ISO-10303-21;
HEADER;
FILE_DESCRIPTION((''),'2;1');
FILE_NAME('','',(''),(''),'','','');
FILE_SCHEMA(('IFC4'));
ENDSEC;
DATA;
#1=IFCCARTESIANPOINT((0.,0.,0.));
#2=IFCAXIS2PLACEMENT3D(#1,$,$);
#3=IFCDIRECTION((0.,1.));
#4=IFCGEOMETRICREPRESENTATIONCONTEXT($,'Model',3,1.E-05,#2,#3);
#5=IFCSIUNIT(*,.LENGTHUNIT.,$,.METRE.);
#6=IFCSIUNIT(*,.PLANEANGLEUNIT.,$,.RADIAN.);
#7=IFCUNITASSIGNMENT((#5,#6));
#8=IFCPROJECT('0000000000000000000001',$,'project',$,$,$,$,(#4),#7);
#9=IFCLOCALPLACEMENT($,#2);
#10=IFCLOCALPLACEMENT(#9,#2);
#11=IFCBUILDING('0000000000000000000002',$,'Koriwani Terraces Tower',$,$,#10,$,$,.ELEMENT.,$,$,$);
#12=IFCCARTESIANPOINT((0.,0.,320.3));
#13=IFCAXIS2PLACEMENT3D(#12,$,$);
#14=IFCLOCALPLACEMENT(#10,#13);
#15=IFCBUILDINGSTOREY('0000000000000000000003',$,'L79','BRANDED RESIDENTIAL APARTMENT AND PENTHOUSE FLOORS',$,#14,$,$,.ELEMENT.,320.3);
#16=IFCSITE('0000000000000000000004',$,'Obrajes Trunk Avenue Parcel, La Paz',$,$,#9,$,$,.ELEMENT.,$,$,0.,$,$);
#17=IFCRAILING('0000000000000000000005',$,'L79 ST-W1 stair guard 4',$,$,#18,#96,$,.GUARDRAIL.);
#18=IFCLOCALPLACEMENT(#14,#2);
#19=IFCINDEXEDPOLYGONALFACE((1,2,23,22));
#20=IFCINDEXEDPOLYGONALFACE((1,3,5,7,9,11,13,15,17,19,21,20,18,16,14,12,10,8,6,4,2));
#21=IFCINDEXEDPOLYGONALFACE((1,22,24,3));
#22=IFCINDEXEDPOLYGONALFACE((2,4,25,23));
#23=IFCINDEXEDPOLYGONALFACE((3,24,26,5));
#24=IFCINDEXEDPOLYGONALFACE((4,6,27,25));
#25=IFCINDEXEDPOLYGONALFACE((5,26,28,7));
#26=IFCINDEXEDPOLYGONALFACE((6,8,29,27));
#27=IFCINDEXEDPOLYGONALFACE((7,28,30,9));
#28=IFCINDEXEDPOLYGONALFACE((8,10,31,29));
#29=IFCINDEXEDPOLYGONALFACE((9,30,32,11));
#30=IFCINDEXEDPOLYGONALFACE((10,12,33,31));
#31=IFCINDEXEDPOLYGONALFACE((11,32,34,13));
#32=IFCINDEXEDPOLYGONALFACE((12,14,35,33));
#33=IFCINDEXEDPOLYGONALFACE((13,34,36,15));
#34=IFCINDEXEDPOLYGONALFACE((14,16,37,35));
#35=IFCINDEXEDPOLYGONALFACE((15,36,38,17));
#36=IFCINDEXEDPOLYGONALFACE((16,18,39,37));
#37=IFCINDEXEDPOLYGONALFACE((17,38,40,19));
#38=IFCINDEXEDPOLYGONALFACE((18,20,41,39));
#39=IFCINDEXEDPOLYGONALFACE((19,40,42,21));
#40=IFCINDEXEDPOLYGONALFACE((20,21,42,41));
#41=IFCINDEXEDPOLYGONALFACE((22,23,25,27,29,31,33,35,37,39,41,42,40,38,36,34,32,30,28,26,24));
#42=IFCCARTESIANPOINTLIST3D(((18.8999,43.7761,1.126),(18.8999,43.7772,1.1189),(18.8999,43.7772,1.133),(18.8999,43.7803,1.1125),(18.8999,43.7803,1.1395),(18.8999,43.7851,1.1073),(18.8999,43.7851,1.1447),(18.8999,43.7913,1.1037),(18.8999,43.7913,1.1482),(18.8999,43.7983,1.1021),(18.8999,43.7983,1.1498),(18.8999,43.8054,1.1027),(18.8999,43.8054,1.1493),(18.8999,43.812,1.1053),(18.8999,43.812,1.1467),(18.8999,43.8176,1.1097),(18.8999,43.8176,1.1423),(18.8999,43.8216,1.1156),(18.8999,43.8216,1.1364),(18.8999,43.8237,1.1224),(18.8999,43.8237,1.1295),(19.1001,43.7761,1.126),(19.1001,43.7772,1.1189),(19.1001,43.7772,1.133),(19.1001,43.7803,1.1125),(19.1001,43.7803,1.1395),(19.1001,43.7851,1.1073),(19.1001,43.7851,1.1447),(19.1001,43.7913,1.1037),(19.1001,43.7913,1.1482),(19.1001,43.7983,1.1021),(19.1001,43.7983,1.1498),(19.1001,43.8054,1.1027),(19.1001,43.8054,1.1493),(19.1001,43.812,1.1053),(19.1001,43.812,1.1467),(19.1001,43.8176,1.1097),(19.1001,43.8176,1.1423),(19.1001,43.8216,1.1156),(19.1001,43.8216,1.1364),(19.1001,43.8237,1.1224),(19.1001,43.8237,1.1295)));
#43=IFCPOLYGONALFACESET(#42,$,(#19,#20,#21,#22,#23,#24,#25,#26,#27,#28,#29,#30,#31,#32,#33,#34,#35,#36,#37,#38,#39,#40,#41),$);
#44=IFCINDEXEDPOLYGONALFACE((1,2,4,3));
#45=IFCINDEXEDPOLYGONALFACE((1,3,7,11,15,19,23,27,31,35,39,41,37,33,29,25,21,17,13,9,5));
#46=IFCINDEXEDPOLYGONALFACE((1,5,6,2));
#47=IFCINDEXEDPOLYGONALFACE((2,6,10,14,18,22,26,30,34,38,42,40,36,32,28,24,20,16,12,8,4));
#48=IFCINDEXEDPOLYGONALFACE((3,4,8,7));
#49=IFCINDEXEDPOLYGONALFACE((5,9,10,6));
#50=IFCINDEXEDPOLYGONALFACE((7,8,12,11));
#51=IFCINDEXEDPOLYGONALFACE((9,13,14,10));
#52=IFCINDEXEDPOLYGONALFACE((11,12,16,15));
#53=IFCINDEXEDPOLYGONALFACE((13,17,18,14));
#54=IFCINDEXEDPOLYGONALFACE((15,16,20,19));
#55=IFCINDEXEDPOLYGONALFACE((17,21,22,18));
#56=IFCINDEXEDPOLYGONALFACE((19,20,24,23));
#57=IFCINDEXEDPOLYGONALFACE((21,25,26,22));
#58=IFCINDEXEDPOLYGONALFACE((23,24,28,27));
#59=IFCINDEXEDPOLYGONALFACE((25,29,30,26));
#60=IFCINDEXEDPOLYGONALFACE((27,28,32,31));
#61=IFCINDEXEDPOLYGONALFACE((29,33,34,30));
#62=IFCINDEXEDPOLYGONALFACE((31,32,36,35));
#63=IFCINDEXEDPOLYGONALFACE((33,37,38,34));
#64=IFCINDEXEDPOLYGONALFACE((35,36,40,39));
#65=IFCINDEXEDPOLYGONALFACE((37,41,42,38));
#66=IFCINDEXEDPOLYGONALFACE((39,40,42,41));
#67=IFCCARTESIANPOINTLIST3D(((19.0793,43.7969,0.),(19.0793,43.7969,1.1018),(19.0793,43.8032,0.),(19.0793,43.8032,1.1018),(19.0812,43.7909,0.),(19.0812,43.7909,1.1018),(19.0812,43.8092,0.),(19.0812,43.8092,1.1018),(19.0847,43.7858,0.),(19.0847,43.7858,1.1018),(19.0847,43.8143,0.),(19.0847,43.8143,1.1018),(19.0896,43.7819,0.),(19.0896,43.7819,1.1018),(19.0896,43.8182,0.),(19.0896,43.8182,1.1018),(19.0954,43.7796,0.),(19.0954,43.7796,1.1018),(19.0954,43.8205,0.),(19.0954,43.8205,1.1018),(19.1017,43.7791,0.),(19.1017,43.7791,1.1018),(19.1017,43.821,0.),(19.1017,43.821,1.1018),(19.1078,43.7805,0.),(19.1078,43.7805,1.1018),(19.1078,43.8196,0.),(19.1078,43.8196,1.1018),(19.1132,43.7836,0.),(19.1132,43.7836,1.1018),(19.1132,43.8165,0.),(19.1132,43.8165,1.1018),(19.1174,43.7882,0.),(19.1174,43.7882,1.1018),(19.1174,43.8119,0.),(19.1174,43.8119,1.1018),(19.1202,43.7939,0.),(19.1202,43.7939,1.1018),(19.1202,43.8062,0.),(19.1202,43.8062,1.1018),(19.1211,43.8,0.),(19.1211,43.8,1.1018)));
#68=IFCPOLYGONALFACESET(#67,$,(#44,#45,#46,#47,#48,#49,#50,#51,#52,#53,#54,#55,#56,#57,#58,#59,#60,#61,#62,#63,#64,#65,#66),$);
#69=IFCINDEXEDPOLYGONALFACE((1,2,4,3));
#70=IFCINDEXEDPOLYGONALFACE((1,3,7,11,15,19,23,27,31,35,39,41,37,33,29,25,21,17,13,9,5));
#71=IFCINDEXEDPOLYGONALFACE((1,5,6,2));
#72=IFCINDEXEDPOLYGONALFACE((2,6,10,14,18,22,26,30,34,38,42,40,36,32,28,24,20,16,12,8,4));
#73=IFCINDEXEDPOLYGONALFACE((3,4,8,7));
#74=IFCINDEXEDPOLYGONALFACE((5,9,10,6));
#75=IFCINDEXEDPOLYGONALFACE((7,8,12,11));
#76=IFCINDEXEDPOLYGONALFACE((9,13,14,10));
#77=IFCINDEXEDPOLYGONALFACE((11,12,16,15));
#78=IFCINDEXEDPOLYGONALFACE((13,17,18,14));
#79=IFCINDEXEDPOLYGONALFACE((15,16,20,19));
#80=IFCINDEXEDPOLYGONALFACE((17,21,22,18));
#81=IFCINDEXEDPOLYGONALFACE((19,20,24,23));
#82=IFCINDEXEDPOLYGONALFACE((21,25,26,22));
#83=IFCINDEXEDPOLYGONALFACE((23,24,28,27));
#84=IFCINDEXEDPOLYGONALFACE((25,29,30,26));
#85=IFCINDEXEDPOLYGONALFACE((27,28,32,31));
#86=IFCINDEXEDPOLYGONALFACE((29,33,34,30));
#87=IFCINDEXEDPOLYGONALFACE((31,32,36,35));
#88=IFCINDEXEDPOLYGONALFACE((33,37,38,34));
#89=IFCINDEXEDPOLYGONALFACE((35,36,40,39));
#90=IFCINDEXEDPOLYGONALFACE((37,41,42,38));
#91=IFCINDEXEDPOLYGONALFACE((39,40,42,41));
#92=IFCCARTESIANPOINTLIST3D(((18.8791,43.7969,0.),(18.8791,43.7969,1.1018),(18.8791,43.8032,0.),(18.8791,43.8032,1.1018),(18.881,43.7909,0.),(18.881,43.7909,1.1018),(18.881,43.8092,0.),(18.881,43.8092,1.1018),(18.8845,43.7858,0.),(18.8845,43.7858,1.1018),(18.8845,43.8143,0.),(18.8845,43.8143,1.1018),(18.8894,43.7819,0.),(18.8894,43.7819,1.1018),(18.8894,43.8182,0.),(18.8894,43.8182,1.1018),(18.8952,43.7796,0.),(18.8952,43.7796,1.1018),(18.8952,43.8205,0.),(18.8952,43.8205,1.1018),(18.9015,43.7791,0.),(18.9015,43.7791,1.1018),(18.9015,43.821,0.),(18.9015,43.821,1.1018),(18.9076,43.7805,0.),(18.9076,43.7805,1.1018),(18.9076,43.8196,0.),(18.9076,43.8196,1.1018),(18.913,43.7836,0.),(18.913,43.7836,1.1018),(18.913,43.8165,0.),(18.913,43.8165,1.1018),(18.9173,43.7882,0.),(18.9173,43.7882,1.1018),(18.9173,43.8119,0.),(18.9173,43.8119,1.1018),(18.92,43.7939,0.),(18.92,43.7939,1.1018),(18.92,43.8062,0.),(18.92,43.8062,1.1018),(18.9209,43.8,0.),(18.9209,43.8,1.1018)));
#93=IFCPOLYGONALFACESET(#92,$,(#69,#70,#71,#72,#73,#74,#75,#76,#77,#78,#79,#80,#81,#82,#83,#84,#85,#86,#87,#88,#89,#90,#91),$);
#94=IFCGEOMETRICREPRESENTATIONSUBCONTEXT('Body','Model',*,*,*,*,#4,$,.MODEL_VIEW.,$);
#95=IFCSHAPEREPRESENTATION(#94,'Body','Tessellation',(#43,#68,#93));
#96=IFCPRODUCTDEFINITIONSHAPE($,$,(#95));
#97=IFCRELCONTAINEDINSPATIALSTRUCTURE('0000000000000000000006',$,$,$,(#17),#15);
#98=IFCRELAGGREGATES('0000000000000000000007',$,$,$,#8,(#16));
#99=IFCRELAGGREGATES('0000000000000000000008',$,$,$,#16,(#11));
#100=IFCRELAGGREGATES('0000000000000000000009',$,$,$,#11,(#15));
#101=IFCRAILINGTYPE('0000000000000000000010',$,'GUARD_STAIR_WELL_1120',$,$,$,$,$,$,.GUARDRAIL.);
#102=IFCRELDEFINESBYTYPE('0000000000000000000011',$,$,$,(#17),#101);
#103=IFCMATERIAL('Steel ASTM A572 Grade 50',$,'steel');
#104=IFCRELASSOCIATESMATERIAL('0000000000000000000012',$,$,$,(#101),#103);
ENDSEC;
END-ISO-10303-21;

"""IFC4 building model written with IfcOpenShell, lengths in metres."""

from ifc_helpers import new_model, si_unit, direction, frame, origin, origin_2d, place, context, subcontext, project, spatial, circle, extrude, material, type_object, element, save


model = new_model("IFC4")

# Units and contexts
model_context = context("Model", 3, precision=1e-05, world=origin(), true_north=direction((0.0, 1.0)))
body_context = subcontext(model_context, "Body", "Model", "MODEL_VIEW")
ifc_project = project(units=[si_unit("LENGTHUNIT", "METRE"), si_unit("PLANEANGLEUNIT", "RADIAN")], contexts=[model_context])

# Site, building, storey
site_placement = place(None, origin())
site = spatial("IfcSite", under=ifc_project, at=site_placement, Name="Obrajes Trunk Avenue Parcel, La Paz", CompositionType="ELEMENT", RefElevation=0.0)
building_placement = place(site_placement, origin())
building = spatial("IfcBuilding", under=site, at=building_placement, Name="Koriwani Terraces Tower", CompositionType="ELEMENT")
storey_placement = place(building_placement, frame((0.0, 0.0, 320.3)))
storey = spatial("IfcBuildingStorey", under=building, at=storey_placement, Name="L79", Description="BRANDED RESIDENTIAL APARTMENT AND PENTHOUSE FLOORS", CompositionType="ELEMENT", Elevation=320.3)

# Shared definitions
ifc_material_1 = material(Name="Steel ASTM A572 Grade 50", Category="steel")

# Railing
railing_type_1 = type_object("IfcRailingType", Name="GUARD_STAIR_WELL_1120", PredefinedType="GUARDRAIL", material=ifc_material_1)
railing_1_placement = place(storey_placement, frame((19.1001, 43.8, 0.0)))
element("IfcRailing", 1, at=railing_1_placement, inside=storey, type_object=railing_type_1, Name="L79 ST-W1 stair guard 4", PredefinedType="GUARDRAIL", context=body_context, shape_type="SweptSolid", body=[
    extrude(circle(Radius=0.0239, at=origin_2d()), frame((0.0, 0.0, 1.126), z_axis=(-1.0, 0.0, 0.0), x_axis=(0.0, -1.0, 0.0)), (0.0, 0.0, 1.0), 0.2002),
    extrude(circle(Radius=0.021, at=origin_2d()), origin(), (0.0, 0.0, 1.0), 1.1018),
    extrude(circle(Radius=0.021, at=origin_2d()), frame((-0.2002, 0.0, 0.0)), (0.0, 0.0, 1.0), 1.1018),
])

save(model, "model.ifc")
